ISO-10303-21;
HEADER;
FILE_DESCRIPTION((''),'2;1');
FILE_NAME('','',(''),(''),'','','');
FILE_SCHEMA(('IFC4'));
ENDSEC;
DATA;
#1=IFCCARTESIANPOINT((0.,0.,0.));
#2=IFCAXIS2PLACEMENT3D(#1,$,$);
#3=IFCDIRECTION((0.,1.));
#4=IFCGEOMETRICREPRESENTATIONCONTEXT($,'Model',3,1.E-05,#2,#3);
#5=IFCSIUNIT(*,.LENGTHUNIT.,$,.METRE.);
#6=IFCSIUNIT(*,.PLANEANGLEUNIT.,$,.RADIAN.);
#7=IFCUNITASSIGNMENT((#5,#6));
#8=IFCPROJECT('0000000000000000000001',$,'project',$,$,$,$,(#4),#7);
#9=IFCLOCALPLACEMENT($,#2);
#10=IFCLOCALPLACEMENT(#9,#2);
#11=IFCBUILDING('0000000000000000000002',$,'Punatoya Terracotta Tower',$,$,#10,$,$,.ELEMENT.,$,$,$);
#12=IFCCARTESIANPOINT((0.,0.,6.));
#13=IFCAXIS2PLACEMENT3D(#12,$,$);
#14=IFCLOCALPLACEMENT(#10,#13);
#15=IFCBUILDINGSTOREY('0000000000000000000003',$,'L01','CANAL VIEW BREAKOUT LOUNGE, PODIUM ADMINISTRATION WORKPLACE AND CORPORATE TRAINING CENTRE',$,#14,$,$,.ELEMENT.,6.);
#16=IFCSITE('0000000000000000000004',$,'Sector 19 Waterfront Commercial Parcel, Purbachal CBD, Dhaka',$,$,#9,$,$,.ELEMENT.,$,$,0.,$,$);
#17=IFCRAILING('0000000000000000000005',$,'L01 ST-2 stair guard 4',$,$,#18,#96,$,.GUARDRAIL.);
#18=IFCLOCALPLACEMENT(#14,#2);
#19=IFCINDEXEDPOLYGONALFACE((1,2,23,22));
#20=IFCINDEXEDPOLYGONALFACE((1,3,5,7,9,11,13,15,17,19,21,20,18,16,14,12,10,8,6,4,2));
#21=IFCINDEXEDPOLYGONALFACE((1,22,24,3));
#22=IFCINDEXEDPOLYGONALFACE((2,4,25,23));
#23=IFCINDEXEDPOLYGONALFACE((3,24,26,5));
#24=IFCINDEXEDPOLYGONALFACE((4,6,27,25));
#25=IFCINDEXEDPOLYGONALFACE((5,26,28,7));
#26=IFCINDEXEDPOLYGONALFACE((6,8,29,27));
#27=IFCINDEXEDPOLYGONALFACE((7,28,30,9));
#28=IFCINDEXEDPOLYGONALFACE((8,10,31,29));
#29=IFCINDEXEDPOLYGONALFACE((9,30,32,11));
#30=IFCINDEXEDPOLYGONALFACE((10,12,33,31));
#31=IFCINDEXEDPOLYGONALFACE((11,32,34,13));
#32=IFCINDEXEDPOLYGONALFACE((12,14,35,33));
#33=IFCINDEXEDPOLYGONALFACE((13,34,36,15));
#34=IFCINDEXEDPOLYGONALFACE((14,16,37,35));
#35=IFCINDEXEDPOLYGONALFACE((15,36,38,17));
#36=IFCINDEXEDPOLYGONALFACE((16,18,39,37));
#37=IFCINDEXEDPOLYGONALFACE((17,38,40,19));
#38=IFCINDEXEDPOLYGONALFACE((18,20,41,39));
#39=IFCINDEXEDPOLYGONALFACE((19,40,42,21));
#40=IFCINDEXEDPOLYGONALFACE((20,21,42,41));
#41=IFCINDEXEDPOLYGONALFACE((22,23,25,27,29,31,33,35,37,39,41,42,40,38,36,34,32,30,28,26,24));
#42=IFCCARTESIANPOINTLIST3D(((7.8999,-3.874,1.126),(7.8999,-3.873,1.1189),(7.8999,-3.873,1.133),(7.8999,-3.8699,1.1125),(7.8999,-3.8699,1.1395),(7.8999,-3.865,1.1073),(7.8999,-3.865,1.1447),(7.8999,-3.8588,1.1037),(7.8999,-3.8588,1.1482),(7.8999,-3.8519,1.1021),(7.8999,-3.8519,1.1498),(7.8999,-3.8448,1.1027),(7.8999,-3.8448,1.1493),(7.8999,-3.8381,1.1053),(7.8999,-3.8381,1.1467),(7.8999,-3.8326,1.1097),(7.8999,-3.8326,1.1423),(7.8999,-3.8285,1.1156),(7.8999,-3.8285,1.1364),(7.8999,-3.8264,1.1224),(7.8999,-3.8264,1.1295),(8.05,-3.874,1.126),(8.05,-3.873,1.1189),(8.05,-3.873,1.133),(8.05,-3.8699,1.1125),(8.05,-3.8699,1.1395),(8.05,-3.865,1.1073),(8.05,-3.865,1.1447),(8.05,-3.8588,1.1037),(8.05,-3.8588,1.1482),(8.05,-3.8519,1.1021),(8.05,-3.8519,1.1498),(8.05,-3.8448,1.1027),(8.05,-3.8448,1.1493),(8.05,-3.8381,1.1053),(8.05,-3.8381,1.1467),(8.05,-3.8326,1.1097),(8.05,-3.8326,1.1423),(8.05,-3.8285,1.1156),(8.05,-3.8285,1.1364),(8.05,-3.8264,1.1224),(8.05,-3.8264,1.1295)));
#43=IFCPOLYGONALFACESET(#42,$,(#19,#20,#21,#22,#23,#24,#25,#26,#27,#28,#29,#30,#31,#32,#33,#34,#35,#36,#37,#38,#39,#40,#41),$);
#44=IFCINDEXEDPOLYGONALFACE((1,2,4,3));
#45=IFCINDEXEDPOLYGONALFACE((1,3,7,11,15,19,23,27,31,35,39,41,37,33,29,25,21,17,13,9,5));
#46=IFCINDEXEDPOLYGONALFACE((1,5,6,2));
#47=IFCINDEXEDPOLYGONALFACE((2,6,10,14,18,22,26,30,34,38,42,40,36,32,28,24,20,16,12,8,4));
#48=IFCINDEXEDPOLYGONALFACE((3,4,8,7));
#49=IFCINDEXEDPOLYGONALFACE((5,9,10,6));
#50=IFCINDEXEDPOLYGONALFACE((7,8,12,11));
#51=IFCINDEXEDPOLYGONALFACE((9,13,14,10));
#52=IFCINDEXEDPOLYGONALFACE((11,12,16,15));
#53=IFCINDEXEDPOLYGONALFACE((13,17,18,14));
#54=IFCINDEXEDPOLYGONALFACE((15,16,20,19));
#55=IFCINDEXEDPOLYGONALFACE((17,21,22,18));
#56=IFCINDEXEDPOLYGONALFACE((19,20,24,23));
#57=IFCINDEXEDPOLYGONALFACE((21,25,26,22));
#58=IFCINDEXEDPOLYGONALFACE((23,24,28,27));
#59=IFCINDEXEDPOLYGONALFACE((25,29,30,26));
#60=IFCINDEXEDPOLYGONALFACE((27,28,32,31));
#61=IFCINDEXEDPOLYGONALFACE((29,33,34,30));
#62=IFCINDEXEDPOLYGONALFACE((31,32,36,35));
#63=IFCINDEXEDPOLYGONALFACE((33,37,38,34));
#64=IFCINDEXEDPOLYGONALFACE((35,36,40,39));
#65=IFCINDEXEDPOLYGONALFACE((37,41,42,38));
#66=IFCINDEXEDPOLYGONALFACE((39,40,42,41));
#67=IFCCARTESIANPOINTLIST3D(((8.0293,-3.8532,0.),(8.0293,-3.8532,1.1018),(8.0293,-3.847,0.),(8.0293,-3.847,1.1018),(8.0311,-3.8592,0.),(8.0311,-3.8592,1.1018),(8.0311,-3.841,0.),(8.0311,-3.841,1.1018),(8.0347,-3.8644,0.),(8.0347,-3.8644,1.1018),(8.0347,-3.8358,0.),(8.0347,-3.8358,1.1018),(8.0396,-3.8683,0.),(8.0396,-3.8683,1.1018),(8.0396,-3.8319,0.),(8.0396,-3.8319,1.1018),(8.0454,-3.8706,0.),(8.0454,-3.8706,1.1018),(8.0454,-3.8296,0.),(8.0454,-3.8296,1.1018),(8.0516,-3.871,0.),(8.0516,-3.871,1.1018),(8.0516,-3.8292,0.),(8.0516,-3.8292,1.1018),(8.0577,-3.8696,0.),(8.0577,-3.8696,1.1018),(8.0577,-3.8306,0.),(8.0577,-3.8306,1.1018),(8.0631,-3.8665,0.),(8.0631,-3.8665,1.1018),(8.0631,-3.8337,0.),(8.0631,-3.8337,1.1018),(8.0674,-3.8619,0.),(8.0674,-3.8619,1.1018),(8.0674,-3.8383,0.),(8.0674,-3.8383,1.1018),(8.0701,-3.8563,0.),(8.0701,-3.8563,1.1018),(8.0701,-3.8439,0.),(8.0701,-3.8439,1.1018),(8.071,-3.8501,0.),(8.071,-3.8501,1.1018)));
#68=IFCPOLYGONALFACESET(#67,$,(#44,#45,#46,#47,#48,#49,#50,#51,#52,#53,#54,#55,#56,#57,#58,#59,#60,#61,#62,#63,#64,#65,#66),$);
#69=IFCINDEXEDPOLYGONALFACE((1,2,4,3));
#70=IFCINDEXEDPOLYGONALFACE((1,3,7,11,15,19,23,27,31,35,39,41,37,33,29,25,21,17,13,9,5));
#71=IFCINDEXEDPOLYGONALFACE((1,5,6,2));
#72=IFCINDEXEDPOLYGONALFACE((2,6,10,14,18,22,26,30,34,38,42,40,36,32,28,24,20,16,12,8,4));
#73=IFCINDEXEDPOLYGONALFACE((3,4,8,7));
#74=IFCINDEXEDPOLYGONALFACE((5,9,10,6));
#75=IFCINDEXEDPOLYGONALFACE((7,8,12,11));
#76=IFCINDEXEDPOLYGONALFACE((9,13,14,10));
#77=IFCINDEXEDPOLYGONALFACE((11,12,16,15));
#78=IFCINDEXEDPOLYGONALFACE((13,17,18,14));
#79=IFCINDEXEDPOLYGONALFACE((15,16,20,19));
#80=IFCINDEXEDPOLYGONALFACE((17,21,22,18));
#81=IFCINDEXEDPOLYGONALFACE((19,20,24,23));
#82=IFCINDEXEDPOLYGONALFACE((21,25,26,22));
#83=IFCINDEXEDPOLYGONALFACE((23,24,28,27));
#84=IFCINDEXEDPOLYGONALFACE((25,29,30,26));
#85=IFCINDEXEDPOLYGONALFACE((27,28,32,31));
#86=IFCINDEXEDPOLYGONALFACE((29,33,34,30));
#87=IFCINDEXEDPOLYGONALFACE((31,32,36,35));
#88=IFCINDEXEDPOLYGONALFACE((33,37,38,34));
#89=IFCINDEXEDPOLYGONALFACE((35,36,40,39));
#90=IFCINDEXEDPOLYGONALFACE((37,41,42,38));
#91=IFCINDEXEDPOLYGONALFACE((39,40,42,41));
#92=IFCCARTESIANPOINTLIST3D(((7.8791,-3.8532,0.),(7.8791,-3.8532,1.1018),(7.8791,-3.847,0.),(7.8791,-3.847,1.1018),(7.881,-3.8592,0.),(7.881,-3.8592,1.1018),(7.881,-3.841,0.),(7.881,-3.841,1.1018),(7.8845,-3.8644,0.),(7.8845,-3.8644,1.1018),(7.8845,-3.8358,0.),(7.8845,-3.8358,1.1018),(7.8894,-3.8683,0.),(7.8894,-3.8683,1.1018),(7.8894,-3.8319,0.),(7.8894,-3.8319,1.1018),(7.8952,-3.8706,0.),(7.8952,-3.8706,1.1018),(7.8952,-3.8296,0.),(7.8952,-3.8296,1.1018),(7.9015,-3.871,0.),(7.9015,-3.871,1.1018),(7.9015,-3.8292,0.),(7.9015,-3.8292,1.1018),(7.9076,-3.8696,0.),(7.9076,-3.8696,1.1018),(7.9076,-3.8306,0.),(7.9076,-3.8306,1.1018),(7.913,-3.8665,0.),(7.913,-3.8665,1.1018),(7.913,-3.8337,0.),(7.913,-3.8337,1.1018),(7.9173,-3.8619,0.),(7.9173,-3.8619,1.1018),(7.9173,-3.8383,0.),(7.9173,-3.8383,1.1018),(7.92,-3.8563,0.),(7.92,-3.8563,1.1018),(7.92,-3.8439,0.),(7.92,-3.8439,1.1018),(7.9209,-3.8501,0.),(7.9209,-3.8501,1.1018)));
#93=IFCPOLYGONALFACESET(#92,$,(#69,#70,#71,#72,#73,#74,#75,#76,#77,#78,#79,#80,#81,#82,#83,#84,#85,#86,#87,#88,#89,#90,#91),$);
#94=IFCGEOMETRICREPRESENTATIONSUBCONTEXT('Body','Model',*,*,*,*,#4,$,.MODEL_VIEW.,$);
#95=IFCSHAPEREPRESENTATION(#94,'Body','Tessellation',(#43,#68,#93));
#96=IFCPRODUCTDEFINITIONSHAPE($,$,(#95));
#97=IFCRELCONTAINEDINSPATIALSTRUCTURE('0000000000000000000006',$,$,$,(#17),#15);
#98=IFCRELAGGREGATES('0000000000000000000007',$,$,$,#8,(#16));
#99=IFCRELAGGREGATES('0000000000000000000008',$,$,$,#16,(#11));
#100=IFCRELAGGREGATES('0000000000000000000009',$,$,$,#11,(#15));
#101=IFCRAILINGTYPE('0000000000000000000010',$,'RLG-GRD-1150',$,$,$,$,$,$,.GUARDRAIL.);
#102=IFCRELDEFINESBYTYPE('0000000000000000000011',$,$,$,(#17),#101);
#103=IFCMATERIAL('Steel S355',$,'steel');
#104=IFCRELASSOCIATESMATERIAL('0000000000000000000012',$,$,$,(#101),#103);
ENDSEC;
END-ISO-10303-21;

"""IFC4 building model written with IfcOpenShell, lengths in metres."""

from ifc_helpers import new_model, si_unit, direction, frame, origin, origin_2d, place, context, subcontext, project, spatial, circle, extrude, material, type_object, element, save


model = new_model("IFC4")

# Units and contexts
model_context = context("Model", 3, precision=1e-05, world=origin(), true_north=direction((0.0, 1.0)))
body_context = subcontext(model_context, "Body", "Model", "MODEL_VIEW")
ifc_project = project(units=[si_unit("LENGTHUNIT", "METRE"), si_unit("PLANEANGLEUNIT", "RADIAN")], contexts=[model_context])

# Site, building, storey
site_placement = place(None, origin())
site = spatial("IfcSite", under=ifc_project, at=site_placement, Name="Sector 19 Waterfront Commercial Parcel, Purbachal CBD, Dhaka", CompositionType="ELEMENT", RefElevation=0.0)
building_placement = place(site_placement, origin())
building = spatial("IfcBuilding", under=site, at=building_placement, Name="Punatoya Terracotta Tower", CompositionType="ELEMENT")
storey_placement = place(building_placement, frame((0.0, 0.0, 6.0)))
storey = spatial("IfcBuildingStorey", under=building, at=storey_placement, Name="L01", Description="CANAL VIEW BREAKOUT LOUNGE, PODIUM ADMINISTRATION WORKPLACE AND CORPORATE TRAINING CENTRE", CompositionType="ELEMENT", Elevation=6.0)

# Shared definitions
ifc_material_1 = material(Name="Steel S355", Category="steel")

# Railing
railing_type_1 = type_object("IfcRailingType", Name="RLG-GRD-1150", PredefinedType="GUARDRAIL", material=ifc_material_1)
railing_1_placement = place(storey_placement, frame((8.05, -3.8501, 0.0)))
element("IfcRailing", 1, at=railing_1_placement, inside=storey, type_object=railing_type_1, Name="L01 ST-2 stair guard 4", PredefinedType="GUARDRAIL", context=body_context, shape_type="SweptSolid", body=[
    extrude(circle(Radius=0.0239, at=origin_2d()), frame((0.0, 0.0, 1.126), z_axis=(-1.0, 0.0, 0.0), x_axis=(0.0, -1.0, 0.0)), (0.0, 0.0, 1.0), 0.1501),
    extrude(circle(Radius=0.021, at=origin_2d()), origin(), (0.0, 0.0, 1.0), 1.1018),
    extrude(circle(Radius=0.021, at=origin_2d()), frame((-0.1501, 0.0, 0.0)), (0.0, 0.0, 1.0), 1.1018),
])

save(model, "model.ifc")
